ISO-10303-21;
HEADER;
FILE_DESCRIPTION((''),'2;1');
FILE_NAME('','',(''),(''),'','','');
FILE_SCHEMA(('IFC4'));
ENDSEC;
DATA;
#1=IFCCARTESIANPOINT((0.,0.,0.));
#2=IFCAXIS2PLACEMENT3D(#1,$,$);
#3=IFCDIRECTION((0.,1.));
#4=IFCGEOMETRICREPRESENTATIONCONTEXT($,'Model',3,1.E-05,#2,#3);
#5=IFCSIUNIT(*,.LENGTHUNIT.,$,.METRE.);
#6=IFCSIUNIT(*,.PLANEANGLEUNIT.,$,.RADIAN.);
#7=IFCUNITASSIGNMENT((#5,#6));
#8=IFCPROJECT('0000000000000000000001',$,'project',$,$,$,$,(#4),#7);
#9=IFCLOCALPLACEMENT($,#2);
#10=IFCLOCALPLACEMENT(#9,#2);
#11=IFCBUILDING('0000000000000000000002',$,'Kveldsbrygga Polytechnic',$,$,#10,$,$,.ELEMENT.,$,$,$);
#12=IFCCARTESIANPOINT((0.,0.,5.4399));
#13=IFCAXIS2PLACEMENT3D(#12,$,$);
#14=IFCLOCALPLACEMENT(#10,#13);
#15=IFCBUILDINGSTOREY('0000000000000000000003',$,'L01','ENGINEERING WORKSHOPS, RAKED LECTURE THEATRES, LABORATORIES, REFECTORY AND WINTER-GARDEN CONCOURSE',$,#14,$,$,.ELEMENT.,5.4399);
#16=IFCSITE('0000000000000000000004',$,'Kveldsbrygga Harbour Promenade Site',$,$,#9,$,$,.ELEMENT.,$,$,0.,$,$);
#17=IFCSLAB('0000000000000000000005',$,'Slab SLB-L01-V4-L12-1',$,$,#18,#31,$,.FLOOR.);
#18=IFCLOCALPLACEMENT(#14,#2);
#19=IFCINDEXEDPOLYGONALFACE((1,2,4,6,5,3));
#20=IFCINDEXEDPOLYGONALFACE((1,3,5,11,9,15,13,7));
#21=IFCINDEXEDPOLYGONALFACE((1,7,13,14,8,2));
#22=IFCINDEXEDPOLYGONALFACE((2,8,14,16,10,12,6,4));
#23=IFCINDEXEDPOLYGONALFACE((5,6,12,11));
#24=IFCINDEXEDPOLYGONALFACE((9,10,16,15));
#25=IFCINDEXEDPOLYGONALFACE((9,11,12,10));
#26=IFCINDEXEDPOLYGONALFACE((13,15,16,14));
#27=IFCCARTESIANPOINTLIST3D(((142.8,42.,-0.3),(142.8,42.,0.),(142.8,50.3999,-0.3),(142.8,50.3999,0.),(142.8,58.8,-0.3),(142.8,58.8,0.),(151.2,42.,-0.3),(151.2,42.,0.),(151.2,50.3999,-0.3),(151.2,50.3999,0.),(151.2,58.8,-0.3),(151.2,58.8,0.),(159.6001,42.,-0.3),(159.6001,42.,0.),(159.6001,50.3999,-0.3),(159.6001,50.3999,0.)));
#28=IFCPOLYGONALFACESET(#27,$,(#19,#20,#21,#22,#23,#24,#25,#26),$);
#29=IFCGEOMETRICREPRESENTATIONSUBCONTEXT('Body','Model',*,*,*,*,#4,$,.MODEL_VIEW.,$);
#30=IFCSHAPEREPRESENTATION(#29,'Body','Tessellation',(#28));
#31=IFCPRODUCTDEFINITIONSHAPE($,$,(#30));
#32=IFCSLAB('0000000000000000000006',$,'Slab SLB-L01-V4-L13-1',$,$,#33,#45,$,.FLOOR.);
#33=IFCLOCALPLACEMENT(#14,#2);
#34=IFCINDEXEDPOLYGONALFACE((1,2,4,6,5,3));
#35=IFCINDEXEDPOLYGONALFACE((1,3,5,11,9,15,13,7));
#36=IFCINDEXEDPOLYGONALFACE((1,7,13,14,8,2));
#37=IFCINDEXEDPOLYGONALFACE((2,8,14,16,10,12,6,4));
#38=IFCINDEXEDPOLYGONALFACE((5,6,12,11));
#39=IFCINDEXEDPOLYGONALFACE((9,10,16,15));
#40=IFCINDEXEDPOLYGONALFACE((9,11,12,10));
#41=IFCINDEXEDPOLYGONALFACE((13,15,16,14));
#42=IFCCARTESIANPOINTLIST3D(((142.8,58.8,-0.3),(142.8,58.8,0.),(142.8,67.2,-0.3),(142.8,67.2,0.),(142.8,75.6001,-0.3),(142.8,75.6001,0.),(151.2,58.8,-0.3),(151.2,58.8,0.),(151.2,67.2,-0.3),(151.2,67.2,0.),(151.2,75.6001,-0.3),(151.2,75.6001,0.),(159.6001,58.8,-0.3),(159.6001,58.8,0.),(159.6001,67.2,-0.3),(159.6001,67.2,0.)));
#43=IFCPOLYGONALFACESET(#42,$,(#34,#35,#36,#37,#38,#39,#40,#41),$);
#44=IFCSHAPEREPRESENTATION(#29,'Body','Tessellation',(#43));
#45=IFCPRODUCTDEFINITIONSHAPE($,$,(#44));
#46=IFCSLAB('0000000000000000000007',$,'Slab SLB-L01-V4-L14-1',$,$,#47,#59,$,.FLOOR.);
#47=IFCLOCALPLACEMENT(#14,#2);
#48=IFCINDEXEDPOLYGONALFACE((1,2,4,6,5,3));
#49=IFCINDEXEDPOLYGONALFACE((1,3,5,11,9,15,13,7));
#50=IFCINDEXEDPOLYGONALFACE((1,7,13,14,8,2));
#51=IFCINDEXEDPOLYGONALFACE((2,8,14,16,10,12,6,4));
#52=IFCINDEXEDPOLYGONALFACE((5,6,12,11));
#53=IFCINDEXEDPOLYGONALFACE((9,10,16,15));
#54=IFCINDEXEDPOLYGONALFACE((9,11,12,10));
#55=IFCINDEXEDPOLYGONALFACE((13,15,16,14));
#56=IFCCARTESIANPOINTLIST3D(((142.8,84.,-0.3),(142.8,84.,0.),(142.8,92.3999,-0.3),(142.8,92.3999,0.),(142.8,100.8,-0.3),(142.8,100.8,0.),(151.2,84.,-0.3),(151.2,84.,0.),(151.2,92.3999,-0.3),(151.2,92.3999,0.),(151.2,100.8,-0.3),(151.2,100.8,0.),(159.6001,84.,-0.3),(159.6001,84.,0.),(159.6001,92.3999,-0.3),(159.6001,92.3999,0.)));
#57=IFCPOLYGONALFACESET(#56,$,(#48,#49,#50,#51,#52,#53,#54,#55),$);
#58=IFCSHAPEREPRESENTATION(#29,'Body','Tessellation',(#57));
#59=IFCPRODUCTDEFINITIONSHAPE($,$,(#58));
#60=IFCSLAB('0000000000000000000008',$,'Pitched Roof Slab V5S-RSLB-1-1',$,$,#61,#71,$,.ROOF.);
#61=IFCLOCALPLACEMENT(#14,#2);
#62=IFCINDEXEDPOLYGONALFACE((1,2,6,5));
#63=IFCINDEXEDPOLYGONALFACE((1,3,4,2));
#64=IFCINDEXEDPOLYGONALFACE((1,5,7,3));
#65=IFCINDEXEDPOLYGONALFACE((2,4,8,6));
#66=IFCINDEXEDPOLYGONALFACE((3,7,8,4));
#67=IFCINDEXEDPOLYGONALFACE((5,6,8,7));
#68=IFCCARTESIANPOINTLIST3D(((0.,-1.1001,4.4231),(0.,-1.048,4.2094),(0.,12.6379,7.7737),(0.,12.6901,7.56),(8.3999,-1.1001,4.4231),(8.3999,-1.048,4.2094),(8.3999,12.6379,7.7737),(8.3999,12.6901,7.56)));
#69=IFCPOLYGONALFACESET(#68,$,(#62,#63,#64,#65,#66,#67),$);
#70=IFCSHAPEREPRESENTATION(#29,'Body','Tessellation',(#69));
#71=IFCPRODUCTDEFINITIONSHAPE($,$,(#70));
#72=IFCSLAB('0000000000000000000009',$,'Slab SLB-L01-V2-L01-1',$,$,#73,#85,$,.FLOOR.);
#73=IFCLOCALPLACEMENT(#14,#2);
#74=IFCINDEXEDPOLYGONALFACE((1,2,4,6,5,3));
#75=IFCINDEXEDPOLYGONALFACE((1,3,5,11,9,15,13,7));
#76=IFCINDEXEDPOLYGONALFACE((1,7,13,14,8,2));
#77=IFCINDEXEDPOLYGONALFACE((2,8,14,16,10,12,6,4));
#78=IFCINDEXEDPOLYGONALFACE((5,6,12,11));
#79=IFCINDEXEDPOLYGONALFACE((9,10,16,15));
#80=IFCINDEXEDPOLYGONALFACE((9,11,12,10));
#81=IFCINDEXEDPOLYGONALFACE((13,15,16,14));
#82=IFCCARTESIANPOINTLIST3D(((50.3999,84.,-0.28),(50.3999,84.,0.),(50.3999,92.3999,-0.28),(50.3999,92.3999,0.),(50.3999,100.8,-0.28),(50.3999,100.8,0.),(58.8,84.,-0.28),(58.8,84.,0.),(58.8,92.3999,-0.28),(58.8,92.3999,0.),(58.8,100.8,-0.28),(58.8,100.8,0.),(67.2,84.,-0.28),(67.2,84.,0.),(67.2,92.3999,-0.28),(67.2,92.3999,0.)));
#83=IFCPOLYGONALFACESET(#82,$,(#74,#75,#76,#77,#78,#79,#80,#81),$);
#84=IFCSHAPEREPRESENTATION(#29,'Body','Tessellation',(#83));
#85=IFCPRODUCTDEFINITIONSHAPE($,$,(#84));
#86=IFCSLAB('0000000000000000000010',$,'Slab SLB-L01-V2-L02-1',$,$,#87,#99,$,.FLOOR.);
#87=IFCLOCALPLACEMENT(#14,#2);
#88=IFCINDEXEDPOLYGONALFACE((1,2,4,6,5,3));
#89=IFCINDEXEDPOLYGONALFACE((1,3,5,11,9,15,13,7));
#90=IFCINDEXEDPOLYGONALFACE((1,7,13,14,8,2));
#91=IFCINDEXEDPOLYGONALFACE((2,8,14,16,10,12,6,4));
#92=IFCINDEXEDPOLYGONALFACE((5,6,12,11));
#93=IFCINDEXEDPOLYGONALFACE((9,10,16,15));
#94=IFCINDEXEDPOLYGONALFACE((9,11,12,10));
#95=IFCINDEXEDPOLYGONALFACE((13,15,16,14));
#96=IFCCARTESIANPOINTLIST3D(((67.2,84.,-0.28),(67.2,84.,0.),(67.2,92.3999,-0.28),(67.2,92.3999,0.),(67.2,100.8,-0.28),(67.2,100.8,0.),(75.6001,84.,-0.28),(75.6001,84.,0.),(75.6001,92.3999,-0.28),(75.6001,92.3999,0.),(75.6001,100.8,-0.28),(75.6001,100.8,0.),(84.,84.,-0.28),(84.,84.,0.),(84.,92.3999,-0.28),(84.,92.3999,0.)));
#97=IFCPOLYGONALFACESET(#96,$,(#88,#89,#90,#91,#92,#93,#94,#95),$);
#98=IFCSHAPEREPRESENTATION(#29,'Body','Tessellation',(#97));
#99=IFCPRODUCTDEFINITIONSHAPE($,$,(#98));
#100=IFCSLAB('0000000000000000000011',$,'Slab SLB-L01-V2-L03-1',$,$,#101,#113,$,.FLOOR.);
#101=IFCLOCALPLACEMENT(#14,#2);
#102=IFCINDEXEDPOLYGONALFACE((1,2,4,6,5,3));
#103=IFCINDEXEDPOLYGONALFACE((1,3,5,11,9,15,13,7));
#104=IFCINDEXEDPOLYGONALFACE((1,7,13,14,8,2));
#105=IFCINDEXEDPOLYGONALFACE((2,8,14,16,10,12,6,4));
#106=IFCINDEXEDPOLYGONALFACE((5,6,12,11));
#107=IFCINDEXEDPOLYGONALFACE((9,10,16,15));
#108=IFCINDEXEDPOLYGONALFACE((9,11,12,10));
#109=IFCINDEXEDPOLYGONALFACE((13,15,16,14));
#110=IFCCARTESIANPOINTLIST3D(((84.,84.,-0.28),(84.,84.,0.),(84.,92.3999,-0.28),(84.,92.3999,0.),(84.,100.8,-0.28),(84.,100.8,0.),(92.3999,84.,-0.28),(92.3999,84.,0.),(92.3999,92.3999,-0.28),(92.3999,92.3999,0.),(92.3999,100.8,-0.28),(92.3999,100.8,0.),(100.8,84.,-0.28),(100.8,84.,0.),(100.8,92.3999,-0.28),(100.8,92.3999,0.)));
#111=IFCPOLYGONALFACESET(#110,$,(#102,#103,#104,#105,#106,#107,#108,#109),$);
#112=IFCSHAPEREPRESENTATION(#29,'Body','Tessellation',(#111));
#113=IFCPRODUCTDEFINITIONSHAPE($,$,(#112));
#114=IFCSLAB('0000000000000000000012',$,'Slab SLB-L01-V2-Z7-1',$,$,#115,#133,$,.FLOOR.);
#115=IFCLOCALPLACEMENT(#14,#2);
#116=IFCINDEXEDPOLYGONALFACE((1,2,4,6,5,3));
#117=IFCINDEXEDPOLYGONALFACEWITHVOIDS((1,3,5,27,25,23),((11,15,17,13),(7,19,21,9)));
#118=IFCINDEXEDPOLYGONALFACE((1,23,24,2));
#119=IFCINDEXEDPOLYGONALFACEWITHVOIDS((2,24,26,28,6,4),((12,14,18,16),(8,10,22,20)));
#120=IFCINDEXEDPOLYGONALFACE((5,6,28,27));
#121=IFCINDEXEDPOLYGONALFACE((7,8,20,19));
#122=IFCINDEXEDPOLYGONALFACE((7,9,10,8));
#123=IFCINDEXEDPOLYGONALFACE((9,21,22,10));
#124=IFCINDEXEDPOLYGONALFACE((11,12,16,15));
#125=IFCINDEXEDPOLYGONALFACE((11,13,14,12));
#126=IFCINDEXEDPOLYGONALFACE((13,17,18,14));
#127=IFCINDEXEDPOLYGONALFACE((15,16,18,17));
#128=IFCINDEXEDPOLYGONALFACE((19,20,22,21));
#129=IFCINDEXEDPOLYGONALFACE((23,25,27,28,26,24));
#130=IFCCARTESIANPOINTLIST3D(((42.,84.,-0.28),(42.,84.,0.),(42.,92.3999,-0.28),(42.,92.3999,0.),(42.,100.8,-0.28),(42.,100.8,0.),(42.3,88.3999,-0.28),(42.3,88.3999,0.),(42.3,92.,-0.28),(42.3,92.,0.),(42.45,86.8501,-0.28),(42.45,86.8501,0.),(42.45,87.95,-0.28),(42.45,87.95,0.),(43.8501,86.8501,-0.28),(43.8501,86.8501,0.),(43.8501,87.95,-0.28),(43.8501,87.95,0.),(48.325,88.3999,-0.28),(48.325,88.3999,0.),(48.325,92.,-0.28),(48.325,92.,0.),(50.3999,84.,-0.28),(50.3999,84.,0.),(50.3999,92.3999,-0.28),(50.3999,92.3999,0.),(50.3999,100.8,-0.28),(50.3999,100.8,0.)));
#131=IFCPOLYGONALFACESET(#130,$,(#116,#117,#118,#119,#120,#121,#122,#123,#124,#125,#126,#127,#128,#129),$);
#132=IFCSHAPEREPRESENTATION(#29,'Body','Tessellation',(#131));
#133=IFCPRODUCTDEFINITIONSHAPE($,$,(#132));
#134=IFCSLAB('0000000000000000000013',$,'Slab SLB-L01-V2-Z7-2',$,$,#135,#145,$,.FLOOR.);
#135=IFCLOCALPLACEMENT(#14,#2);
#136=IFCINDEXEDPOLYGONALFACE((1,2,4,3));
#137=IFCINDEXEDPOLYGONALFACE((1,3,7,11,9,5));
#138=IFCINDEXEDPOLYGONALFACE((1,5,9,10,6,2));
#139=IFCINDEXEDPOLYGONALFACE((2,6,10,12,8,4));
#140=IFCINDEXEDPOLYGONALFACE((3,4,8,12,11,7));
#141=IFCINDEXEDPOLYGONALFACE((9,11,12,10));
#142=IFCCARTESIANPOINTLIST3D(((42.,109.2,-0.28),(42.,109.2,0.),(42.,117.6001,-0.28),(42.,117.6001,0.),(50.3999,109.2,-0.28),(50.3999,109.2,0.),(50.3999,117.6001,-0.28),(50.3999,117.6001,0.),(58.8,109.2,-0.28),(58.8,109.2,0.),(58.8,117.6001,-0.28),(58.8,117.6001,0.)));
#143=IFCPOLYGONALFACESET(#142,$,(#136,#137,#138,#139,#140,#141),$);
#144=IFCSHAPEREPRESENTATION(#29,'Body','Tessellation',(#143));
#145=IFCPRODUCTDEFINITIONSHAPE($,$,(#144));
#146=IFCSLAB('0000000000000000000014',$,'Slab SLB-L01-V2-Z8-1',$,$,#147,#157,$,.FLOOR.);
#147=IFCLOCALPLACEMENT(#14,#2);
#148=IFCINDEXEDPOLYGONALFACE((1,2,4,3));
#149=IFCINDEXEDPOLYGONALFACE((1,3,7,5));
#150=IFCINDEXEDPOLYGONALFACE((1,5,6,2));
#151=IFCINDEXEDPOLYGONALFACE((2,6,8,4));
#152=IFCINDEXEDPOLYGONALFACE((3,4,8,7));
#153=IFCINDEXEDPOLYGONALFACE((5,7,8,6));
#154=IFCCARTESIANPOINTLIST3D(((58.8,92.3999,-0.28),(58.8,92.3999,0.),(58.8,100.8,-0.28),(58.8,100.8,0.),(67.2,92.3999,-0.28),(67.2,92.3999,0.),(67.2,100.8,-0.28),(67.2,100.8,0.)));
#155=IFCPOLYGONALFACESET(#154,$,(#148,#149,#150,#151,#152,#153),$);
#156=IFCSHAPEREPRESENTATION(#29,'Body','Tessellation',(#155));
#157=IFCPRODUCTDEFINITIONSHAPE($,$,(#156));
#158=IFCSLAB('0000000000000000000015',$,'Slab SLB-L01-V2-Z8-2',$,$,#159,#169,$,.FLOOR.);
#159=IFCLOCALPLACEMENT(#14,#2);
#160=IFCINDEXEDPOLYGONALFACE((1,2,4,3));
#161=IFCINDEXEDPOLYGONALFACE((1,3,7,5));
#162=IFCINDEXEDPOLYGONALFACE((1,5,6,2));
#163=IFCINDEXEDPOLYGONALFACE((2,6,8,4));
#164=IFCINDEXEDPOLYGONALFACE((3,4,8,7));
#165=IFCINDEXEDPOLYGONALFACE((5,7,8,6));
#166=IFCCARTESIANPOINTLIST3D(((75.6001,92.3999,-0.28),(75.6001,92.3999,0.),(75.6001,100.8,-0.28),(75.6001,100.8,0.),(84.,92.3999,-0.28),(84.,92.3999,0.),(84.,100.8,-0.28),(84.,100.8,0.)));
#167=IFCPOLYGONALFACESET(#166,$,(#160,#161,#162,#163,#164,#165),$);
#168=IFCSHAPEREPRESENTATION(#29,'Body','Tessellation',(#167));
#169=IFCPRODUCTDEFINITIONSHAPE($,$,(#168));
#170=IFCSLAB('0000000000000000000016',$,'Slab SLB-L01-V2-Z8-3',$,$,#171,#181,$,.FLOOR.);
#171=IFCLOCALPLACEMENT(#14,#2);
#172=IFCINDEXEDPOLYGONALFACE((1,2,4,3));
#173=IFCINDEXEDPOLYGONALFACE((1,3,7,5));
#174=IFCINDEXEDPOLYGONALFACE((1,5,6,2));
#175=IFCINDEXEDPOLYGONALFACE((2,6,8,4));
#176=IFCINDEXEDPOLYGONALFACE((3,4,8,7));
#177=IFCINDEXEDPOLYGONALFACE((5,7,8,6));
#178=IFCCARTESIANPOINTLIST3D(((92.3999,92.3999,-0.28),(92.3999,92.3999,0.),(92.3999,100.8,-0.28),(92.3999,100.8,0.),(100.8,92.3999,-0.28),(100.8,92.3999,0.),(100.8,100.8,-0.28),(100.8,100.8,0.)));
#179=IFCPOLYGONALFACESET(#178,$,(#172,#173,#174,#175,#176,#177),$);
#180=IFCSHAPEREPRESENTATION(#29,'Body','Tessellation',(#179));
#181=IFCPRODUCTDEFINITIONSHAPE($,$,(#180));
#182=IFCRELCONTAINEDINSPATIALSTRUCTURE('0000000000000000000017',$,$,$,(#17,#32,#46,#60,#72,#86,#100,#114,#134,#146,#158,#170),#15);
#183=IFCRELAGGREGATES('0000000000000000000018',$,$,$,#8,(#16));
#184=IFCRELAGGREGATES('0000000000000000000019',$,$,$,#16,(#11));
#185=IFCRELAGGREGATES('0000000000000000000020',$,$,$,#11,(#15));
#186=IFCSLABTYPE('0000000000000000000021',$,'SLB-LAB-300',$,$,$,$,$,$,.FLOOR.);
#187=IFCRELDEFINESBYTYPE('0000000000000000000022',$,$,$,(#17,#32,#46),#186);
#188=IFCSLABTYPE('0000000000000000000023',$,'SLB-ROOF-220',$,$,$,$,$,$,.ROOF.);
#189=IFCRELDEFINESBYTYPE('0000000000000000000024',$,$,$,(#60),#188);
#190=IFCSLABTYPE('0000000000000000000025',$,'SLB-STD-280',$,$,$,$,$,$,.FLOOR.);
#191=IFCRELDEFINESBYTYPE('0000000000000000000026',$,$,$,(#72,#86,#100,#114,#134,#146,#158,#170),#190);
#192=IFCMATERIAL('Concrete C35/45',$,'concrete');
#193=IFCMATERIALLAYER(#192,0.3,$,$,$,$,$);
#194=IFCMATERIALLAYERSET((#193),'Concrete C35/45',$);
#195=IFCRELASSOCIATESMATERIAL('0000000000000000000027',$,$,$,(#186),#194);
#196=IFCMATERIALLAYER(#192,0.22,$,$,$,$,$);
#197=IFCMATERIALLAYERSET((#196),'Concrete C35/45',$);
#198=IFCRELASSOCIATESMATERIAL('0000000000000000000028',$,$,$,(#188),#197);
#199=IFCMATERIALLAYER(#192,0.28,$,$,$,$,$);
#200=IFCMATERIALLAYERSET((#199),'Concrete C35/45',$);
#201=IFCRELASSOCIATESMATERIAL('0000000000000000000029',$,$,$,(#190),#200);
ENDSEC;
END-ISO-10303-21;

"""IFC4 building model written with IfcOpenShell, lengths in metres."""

from ifc_helpers import new_model, si_unit, direction, frame, origin, place, context, subcontext, project, spatial, polyline, outline, extrude, material, layer, layer_set, type_object, element, save


model = new_model("IFC4")

# Units and contexts
model_context = context("Model", 3, precision=1e-05, world=origin(), true_north=direction((0.0, 1.0)))
body_context = subcontext(model_context, "Body", "Model", "MODEL_VIEW")
ifc_project = project(units=[si_unit("LENGTHUNIT", "METRE"), si_unit("PLANEANGLEUNIT", "RADIAN")], contexts=[model_context])

# Site, building, storey
site_placement = place(None, origin())
site = spatial("IfcSite", under=ifc_project, at=site_placement, Name="Kveldsbrygga Harbour Promenade Site", CompositionType="ELEMENT", RefElevation=0.0)
building_placement = place(site_placement, origin())
building = spatial("IfcBuilding", under=site, at=building_placement, Name="Kveldsbrygga Polytechnic", CompositionType="ELEMENT")
storey_placement = place(building_placement, frame((0.0, 0.0, 5.4399)))
storey = spatial("IfcBuildingStorey", under=building, at=storey_placement, Name="L01", Description="ENGINEERING WORKSHOPS, RAKED LECTURE THEATRES, LABORATORIES, REFECTORY AND WINTER-GARDEN CONCOURSE", CompositionType="ELEMENT", Elevation=5.4399)

# Slabs
ifc_material_1 = material(Name="Concrete C35/45", Category="concrete")
ifc_layer_1 = layer(ifc_material_1, 0.3)
ifc_layer_set_1 = layer_set([ifc_layer_1], Name="Concrete C35/45")
slab_type_1 = type_object("IfcSlabType", Name="SLB-LAB-300", PredefinedType="FLOOR", material=ifc_layer_set_1)
slab_1_placement = place(storey_placement, frame((0.0, 0.0, -0.3)))
element("IfcSlab", 1, at=slab_1_placement, inside=storey, type_object=slab_type_1, Name="Slab SLB-L01-V4-L12-1", PredefinedType="FLOOR", context=body_context, shape_type="SweptSolid", body=[
    extrude(outline(polyline([(142.8, 42.0), (142.8, 50.3999), (142.8, 58.8), (151.2, 58.8), (151.2, 50.3999), (159.6001, 50.3999), (159.6001, 42.0), (151.2, 42.0), (142.8, 42.0)])), origin(), (0.0, 0.0, 1.0), 0.3),
])
slab_2_placement = place(storey_placement, frame((0.0, 0.0, -0.3)))
element("IfcSlab", 2, at=slab_2_placement, inside=storey, type_object=slab_type_1, Name="Slab SLB-L01-V4-L13-1", PredefinedType="FLOOR", context=body_context, shape_type="SweptSolid", body=[
    extrude(outline(polyline([(142.8, 58.8), (142.8, 67.2), (142.8, 75.6001), (151.2, 75.6001), (151.2, 67.2), (159.6001, 67.2), (159.6001, 58.8), (151.2, 58.8), (142.8, 58.8)])), origin(), (0.0, 0.0, 1.0), 0.3),
])
slab_3_placement = place(storey_placement, frame((0.0, 0.0, -0.3)))
element("IfcSlab", 3, at=slab_3_placement, inside=storey, type_object=slab_type_1, Name="Slab SLB-L01-V4-L14-1", PredefinedType="FLOOR", context=body_context, shape_type="SweptSolid", body=[
    extrude(outline(polyline([(142.8, 84.0), (142.8, 92.3999), (142.8, 100.8), (151.2, 100.8), (151.2, 92.3999), (159.6001, 92.3999), (159.6001, 84.0), (151.2, 84.0), (142.8, 84.0)])), origin(), (0.0, 0.0, 1.0), 0.3),
])
ifc_layer_2 = layer(ifc_material_1, 0.22)
ifc_layer_set_2 = layer_set([ifc_layer_2], Name="Concrete C35/45")
slab_type_2 = type_object("IfcSlabType", Name="SLB-ROOF-220", PredefinedType="ROOF", material=ifc_layer_set_2)
slab_4_placement = place(storey_placement, frame((0.0, -1.1001, 4.4231), z_axis=(0.0, -0.236946, 0.971523), x_axis=(1.0, 0.0, 0.0)))
element("IfcSlab", 4, at=slab_4_placement, inside=storey, type_object=slab_type_2, Name="Pitched Roof Slab V5S-RSLB-1-1", PredefinedType="ROOF", context=body_context, shape_type="SweptSolid", body=[
    extrude(outline(polyline([(0.0, 0.0), (8.3999, 0.0), (8.3999, 14.1407), (0.0, 14.1407), (0.0, 0.0)])), origin(), (0.0, 0.0, -1.0), 0.22),
])
ifc_layer_3 = layer(ifc_material_1, 0.28)
ifc_layer_set_3 = layer_set([ifc_layer_3], Name="Concrete C35/45")
slab_type_3 = type_object("IfcSlabType", Name="SLB-STD-280", PredefinedType="FLOOR", material=ifc_layer_set_3)
slab_5_placement = place(storey_placement, frame((0.0, 0.0, -0.28)))
element("IfcSlab", 5, at=slab_5_placement, inside=storey, type_object=slab_type_3, Name="Slab SLB-L01-V2-L01-1", PredefinedType="FLOOR", context=body_context, shape_type="SweptSolid", body=[
    extrude(outline(polyline([(50.3999, 84.0), (50.3999, 92.3999), (50.3999, 100.8), (58.8, 100.8), (58.8, 92.3999), (67.2, 92.3999), (67.2, 84.0), (58.8, 84.0), (50.3999, 84.0)])), origin(), (0.0, 0.0, 1.0), 0.28),
])
slab_6_placement = place(storey_placement, frame((0.0, 0.0, -0.28)))
element("IfcSlab", 6, at=slab_6_placement, inside=storey, type_object=slab_type_3, Name="Slab SLB-L01-V2-L02-1", PredefinedType="FLOOR", context=body_context, shape_type="SweptSolid", body=[
    extrude(outline(polyline([(67.2, 84.0), (67.2, 92.3999), (67.2, 100.8), (75.6001, 100.8), (75.6001, 92.3999), (84.0, 92.3999), (84.0, 84.0), (75.6001, 84.0), (67.2, 84.0)])), origin(), (0.0, 0.0, 1.0), 0.28),
])
slab_7_placement = place(storey_placement, frame((0.0, 0.0, -0.28)))
element("IfcSlab", 7, at=slab_7_placement, inside=storey, type_object=slab_type_3, Name="Slab SLB-L01-V2-L03-1", PredefinedType="FLOOR", context=body_context, shape_type="SweptSolid", body=[
    extrude(outline(polyline([(84.0, 84.0), (84.0, 92.3999), (84.0, 100.8), (92.3999, 100.8), (92.3999, 92.3999), (100.8, 92.3999), (100.8, 84.0), (92.3999, 84.0), (84.0, 84.0)])), origin(), (0.0, 0.0, 1.0), 0.28),
])
slab_8_placement = place(storey_placement, frame((0.0, 0.0, -0.28)))
element("IfcSlab", 8, at=slab_8_placement, inside=storey, type_object=slab_type_3, Name="Slab SLB-L01-V2-Z7-1", PredefinedType="FLOOR", context=body_context, shape_type="SweptSolid", body=[
    extrude(outline(polyline([(42.0, 84.0), (42.0, 92.3999), (42.0, 100.8), (50.3999, 100.8), (50.3999, 92.3999), (50.3999, 84.0), (42.0, 84.0)]), holes=[polyline([(48.325, 92.0), (42.3, 92.0), (42.3, 88.3999), (48.325, 88.3999), (48.325, 92.0)]), polyline([(42.45, 86.8501), (43.8501, 86.8501), (43.8501, 87.95), (42.45, 87.95), (42.45, 86.8501)])]), origin(), (0.0, 0.0, 1.0), 0.28),
])
slab_9_placement = place(storey_placement, frame((0.0, 0.0, -0.28)))
element("IfcSlab", 9, at=slab_9_placement, inside=storey, type_object=slab_type_3, Name="Slab SLB-L01-V2-Z7-2", PredefinedType="FLOOR", context=body_context, shape_type="SweptSolid", body=[
    extrude(outline(polyline([(42.0, 117.6001), (50.3999, 117.6001), (58.8, 117.6001), (58.8, 109.2), (50.3999, 109.2), (42.0, 109.2), (42.0, 117.6001)])), origin(), (0.0, 0.0, 1.0), 0.28),
])
slab_10_placement = place(storey_placement, frame((0.0, 0.0, -0.28)))
element("IfcSlab", 10, at=slab_10_placement, inside=storey, type_object=slab_type_3, Name="Slab SLB-L01-V2-Z8-1", PredefinedType="FLOOR", context=body_context, shape_type="SweptSolid", body=[
    extrude(outline(polyline([(67.2, 100.8), (67.2, 92.3999), (58.8, 92.3999), (58.8, 100.8), (67.2, 100.8)])), origin(), (0.0, 0.0, 1.0), 0.28),
])
slab_11_placement = place(storey_placement, frame((0.0, 0.0, -0.28)))
element("IfcSlab", 11, at=slab_11_placement, inside=storey, type_object=slab_type_3, Name="Slab SLB-L01-V2-Z8-2", PredefinedType="FLOOR", context=body_context, shape_type="SweptSolid", body=[
    extrude(outline(polyline([(84.0, 100.8), (84.0, 92.3999), (75.6001, 92.3999), (75.6001, 100.8), (84.0, 100.8)])), origin(), (0.0, 0.0, 1.0), 0.28),
])
slab_12_placement = place(storey_placement, frame((0.0, 0.0, -0.28)))
element("IfcSlab", 12, at=slab_12_placement, inside=storey, type_object=slab_type_3, Name="Slab SLB-L01-V2-Z8-3", PredefinedType="FLOOR", context=body_context, shape_type="SweptSolid", body=[
    extrude(outline(polyline([(100.8, 100.8), (100.8, 92.3999), (92.3999, 92.3999), (92.3999, 100.8), (100.8, 100.8)])), origin(), (0.0, 0.0, 1.0), 0.28),
])

save(model, "model.ifc")
